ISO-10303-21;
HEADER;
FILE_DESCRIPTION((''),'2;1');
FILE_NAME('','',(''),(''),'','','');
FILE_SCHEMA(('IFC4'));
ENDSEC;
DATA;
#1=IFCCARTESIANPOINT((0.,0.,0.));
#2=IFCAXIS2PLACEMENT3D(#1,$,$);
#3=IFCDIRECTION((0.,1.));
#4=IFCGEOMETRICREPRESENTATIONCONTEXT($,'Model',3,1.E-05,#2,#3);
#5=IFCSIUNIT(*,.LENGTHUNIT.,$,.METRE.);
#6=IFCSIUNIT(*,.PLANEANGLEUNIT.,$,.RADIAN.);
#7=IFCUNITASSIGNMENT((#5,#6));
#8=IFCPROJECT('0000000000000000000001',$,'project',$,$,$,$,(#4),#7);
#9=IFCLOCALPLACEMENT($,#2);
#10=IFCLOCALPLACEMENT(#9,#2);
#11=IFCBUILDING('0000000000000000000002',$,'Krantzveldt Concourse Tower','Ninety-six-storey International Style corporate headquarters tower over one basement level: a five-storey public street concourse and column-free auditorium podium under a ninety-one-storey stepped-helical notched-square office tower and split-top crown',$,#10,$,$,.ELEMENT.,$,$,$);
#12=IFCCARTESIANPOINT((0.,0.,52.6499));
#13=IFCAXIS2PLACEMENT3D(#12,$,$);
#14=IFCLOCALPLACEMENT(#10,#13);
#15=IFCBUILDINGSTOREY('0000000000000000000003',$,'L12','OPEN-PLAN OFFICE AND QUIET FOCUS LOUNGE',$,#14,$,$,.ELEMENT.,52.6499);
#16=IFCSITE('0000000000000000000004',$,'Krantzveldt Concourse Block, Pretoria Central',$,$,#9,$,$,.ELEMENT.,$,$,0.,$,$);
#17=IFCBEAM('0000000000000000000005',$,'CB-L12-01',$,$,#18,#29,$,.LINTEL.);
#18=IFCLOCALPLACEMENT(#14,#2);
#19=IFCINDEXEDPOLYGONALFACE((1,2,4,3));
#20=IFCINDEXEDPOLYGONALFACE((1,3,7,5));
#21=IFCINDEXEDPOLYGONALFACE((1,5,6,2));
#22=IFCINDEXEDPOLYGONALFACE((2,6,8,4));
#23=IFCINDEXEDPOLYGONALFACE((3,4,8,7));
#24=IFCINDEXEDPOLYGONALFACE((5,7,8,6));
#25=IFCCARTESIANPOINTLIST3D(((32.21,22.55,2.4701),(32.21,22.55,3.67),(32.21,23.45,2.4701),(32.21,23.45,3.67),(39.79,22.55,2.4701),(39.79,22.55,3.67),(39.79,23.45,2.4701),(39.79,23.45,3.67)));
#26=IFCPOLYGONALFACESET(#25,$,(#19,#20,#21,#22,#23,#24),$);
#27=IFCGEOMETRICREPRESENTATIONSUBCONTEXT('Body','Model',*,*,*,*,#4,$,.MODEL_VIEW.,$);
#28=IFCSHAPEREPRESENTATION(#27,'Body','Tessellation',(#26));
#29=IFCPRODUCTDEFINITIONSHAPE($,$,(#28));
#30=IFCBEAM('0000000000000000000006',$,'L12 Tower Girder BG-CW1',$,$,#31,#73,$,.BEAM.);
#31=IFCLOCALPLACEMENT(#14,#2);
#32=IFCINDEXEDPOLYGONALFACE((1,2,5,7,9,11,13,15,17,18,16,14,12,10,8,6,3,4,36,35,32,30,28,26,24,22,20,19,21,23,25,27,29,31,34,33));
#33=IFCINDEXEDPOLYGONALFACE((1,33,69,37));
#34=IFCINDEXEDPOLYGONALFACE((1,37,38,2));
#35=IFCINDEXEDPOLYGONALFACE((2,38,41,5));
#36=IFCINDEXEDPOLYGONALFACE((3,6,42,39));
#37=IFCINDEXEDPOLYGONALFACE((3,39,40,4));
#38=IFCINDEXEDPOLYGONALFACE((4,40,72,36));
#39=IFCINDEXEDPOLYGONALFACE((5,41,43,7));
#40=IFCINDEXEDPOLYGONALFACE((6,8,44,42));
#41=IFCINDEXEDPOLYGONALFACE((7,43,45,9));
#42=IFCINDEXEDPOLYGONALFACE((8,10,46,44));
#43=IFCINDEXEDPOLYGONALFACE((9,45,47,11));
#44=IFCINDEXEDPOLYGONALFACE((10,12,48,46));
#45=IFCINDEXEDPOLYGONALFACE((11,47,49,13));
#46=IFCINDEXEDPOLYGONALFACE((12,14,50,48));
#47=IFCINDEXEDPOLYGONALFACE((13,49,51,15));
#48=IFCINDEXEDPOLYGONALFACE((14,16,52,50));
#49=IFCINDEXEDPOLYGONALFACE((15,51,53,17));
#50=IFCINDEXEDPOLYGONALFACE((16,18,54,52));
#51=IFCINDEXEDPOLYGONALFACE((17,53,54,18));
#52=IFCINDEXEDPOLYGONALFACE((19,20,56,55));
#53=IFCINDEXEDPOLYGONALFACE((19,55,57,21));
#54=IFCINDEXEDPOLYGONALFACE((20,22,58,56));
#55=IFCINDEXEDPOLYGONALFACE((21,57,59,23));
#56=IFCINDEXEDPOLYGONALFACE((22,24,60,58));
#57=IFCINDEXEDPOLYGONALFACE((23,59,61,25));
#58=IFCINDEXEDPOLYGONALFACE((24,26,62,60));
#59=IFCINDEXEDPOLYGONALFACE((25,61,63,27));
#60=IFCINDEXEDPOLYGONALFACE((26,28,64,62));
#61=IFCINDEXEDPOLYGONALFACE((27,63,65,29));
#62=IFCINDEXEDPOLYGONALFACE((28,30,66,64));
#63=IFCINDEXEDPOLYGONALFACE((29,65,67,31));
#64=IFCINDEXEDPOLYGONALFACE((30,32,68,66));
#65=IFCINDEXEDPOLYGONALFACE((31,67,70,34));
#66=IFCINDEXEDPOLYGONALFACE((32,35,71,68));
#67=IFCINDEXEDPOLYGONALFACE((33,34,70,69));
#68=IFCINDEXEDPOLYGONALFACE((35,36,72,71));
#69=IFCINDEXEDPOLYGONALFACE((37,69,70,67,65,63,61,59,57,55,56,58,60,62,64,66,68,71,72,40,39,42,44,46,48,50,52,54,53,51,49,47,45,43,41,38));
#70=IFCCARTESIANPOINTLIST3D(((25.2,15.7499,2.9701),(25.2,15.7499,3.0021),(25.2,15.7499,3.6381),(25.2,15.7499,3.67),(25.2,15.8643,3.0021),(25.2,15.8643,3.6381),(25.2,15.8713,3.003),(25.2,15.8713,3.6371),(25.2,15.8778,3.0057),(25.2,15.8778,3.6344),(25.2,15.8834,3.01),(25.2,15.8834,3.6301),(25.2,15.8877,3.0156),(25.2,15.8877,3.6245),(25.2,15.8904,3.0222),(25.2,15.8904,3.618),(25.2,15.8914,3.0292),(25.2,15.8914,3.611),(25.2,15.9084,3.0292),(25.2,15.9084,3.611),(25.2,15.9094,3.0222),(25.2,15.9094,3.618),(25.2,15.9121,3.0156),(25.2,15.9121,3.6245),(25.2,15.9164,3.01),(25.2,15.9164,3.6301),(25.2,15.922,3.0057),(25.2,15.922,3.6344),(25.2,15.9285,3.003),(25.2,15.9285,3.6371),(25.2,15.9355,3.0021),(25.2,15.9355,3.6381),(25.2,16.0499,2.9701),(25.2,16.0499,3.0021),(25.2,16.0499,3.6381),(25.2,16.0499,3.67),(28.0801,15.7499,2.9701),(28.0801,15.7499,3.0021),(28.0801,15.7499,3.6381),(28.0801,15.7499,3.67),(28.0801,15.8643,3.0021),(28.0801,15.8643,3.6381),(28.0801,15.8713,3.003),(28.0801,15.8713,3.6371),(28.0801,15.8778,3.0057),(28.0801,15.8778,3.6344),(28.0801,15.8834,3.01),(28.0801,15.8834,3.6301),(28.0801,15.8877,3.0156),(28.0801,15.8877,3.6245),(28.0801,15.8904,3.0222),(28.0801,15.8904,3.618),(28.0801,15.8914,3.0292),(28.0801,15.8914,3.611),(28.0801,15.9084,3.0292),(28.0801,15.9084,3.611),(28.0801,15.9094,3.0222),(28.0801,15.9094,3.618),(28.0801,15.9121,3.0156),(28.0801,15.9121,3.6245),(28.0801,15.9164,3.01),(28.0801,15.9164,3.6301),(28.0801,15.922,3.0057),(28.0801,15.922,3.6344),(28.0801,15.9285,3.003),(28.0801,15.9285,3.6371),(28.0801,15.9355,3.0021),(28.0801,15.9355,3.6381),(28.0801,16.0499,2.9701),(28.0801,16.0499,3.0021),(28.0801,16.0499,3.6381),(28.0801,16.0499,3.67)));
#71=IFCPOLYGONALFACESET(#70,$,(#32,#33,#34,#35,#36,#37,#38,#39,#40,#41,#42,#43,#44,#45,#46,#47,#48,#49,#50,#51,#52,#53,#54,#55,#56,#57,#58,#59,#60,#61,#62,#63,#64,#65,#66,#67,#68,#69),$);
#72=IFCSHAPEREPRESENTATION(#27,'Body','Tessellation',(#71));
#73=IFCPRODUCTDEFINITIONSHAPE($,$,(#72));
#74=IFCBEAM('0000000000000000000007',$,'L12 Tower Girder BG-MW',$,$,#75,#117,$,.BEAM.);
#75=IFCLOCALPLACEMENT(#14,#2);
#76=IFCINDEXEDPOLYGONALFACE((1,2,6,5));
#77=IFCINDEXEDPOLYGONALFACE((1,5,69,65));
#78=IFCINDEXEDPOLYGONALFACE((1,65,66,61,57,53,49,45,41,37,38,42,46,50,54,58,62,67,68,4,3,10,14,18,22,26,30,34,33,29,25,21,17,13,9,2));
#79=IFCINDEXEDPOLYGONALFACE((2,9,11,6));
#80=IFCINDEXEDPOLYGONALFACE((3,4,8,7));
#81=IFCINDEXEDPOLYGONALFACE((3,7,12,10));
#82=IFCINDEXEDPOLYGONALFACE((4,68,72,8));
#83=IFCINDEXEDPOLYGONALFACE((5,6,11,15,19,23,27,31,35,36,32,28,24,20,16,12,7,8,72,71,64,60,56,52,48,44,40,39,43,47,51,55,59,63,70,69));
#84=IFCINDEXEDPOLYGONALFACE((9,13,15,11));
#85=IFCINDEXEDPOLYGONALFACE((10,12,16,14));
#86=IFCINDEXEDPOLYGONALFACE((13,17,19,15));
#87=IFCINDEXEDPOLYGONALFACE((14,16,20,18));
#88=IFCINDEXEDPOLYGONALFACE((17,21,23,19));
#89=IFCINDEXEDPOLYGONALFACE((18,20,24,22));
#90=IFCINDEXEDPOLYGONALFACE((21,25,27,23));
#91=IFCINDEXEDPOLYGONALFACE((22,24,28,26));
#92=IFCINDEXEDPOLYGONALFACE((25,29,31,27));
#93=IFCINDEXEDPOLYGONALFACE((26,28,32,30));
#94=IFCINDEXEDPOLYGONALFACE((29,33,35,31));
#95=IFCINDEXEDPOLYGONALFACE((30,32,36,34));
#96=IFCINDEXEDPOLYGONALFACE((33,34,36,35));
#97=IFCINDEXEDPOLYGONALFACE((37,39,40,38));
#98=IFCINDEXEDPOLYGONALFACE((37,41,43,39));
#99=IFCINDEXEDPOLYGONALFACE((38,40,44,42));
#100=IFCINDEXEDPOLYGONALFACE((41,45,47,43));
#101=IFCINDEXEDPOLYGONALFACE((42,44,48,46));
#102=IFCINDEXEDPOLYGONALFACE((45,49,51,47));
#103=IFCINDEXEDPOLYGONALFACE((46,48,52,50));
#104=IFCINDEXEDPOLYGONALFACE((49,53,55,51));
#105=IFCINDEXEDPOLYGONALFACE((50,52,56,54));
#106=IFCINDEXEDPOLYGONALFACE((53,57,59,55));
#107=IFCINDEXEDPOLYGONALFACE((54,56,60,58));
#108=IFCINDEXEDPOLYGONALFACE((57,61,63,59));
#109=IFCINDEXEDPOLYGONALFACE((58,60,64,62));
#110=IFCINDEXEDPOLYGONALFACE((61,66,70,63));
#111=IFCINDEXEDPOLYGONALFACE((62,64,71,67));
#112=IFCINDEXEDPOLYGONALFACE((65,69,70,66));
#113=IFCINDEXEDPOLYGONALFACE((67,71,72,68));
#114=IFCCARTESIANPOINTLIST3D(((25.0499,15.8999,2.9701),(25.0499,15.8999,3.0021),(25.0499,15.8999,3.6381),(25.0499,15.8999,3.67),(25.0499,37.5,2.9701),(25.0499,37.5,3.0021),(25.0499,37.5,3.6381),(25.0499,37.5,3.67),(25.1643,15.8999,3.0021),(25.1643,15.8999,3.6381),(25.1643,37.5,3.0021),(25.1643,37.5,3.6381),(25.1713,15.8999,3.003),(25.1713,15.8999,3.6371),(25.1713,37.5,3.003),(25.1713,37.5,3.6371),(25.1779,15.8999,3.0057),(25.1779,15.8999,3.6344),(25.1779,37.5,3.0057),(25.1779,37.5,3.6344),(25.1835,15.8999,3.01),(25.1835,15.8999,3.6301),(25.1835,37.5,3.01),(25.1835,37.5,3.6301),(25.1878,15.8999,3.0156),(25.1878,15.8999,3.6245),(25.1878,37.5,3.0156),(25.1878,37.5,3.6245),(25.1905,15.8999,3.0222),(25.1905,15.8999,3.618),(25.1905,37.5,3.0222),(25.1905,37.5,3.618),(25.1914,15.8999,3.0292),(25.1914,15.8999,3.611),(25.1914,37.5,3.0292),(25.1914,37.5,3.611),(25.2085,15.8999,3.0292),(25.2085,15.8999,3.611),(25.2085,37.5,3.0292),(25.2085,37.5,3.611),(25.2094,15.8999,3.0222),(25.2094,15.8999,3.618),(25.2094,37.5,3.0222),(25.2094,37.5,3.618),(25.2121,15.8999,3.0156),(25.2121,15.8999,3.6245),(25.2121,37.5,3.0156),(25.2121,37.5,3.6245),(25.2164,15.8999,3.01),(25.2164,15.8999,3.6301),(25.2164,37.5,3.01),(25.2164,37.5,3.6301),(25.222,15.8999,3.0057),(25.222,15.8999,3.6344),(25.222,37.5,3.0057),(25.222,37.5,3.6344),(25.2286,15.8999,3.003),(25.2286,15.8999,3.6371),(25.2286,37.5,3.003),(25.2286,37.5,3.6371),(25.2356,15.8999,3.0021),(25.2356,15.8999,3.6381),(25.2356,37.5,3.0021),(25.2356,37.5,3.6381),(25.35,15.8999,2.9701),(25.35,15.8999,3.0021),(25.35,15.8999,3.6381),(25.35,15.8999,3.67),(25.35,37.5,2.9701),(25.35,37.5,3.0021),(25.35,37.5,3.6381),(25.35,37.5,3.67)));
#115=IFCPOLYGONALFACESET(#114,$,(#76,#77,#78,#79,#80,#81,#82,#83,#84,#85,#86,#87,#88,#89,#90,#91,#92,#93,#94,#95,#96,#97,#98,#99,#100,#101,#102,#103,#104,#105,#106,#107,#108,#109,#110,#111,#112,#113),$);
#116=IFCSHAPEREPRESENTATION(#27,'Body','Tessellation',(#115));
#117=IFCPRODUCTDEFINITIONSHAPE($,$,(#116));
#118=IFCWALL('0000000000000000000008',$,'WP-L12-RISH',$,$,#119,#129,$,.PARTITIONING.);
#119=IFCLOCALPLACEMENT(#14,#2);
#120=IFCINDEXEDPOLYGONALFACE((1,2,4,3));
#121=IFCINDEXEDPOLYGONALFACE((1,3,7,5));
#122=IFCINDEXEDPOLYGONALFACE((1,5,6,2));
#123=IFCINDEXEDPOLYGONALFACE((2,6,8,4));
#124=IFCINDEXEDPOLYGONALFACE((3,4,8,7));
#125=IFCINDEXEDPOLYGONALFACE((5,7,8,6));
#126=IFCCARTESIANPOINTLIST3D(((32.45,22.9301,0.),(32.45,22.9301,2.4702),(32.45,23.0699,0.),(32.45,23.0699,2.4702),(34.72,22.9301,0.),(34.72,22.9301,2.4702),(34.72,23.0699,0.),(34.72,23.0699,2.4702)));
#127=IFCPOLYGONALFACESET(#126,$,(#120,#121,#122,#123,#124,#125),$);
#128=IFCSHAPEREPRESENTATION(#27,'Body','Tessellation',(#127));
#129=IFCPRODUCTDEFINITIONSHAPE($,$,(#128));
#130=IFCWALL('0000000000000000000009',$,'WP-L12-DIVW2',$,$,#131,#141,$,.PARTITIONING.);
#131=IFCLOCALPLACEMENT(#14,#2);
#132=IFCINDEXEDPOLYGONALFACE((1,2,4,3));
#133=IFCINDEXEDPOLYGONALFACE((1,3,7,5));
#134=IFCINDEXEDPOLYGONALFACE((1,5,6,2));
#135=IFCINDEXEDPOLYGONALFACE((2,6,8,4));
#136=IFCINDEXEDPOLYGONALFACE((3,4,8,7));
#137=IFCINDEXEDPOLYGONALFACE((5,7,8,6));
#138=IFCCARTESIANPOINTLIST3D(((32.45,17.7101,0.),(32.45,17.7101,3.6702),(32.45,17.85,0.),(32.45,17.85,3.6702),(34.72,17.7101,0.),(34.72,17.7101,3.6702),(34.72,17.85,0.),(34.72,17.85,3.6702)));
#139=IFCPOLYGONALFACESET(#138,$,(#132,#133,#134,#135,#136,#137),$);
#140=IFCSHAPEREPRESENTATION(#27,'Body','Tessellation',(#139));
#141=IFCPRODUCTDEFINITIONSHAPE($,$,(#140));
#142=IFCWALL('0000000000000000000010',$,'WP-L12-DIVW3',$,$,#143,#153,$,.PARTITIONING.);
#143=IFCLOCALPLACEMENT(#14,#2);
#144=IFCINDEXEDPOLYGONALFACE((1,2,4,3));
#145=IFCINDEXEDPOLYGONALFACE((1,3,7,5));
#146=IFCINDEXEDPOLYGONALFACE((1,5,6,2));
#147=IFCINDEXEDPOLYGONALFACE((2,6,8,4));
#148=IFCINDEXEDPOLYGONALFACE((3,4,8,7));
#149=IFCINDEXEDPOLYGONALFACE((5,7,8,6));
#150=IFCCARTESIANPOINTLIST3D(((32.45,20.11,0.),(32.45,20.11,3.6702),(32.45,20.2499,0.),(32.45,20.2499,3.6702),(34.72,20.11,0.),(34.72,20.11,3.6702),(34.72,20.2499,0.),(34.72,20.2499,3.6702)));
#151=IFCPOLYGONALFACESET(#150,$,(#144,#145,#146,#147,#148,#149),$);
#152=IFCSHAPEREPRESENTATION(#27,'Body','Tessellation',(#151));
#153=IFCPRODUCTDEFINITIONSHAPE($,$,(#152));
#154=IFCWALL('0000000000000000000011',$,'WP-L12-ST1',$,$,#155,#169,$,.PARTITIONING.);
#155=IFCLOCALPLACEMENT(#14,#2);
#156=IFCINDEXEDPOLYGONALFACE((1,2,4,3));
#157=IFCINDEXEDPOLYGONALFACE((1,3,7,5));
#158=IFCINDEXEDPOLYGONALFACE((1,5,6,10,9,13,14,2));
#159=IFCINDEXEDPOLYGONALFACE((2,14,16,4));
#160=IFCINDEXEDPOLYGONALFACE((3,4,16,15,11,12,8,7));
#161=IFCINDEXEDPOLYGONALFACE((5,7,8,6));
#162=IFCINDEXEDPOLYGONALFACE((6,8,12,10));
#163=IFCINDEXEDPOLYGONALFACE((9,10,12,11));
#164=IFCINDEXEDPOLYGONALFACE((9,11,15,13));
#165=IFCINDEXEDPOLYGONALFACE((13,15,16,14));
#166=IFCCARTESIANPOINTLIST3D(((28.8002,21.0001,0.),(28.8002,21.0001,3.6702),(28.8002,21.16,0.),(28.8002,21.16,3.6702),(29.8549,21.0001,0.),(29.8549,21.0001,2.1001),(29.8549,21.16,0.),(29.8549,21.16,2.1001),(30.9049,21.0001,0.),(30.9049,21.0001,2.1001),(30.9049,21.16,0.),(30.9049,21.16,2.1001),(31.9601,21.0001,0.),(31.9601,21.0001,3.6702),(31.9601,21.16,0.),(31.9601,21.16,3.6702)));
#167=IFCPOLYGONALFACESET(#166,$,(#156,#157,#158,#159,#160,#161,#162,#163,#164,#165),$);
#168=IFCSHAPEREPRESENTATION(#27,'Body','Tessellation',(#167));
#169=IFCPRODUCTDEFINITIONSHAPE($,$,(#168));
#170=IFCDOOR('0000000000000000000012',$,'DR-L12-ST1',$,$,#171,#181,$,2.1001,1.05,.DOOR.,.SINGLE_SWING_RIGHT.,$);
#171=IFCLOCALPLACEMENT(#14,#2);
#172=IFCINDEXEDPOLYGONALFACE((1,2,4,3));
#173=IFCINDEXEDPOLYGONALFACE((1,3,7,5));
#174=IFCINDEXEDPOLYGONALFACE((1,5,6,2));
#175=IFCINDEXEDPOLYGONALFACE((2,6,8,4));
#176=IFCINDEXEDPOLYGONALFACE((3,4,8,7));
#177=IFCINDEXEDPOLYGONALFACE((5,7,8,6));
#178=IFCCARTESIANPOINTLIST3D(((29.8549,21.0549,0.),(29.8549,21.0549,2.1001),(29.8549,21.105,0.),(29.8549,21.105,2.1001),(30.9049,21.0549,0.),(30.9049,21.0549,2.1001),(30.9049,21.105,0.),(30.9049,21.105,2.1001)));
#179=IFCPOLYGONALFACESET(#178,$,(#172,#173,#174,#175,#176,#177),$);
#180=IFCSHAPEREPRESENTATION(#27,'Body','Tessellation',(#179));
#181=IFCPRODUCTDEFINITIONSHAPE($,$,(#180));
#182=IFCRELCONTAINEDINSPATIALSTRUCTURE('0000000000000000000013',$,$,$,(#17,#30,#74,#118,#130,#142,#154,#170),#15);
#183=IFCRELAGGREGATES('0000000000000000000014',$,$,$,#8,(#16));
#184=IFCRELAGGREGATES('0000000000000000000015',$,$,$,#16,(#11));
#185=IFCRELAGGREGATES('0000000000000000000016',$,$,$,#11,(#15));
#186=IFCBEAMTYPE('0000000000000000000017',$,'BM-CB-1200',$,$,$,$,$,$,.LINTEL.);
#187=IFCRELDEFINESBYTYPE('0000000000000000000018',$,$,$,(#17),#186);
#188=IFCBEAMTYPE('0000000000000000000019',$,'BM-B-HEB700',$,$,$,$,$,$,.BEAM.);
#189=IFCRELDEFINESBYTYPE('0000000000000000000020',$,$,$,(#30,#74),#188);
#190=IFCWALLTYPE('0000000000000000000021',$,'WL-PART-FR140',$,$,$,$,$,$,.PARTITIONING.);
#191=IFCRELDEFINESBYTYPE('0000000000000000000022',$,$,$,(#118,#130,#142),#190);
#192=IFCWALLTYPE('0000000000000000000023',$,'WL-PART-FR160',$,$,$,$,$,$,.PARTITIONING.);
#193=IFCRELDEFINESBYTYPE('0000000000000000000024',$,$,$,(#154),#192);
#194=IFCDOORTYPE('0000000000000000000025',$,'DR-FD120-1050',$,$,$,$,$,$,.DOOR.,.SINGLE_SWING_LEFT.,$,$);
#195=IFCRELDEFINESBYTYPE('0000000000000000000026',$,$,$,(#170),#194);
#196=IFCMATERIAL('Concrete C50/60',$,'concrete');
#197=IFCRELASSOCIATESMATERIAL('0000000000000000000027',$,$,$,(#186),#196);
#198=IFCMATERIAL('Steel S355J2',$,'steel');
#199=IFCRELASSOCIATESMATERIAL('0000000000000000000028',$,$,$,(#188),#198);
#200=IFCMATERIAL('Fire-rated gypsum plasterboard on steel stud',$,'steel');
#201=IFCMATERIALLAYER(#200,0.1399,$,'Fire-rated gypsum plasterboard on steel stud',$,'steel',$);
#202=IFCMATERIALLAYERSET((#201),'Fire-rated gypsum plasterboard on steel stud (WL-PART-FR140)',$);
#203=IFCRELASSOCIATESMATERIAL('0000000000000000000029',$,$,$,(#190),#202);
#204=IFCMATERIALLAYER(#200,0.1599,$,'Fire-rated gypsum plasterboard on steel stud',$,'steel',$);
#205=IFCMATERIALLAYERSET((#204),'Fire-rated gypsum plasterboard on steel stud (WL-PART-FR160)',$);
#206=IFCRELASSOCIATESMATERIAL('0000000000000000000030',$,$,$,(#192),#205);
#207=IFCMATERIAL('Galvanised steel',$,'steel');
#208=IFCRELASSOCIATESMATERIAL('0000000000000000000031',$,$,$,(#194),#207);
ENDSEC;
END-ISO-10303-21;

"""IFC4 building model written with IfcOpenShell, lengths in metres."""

from ifc_helpers import new_model, si_unit, direction, frame, frame_2d, origin, origin_2d, place, context, subcontext, project, spatial, rectangle, i_section, extrude, source, transform, mapped, material, layer, layer_set, material_profile, profile_set, type_object, type_shapes, element, fill, save


model = new_model("IFC4")

# Units and contexts
model_context = context("Model", 3, precision=1e-05, world=origin(), true_north=direction((0.0, 1.0)))
body_context = subcontext(model_context, "Body", "Model", "MODEL_VIEW")
ifc_project = project(units=[si_unit("LENGTHUNIT", "METRE"), si_unit("PLANEANGLEUNIT", "RADIAN")], contexts=[model_context])

# Site, building, storey
site_placement = place(None, origin())
site = spatial("IfcSite", under=ifc_project, at=site_placement, Name="Krantzveldt Concourse Block, Pretoria Central", CompositionType="ELEMENT", RefElevation=0.0)
building_placement = place(site_placement, origin())
building = spatial("IfcBuilding", under=site, at=building_placement, Name="Krantzveldt Concourse Tower", Description="Ninety-six-storey International Style corporate headquarters tower over one basement level: a five-storey public street concourse and column-free auditorium podium under a ninety-one-storey stepped-helical notched-square office tower and split-top crown", CompositionType="ELEMENT")
storey_placement = place(building_placement, frame((0.0, 0.0, 52.6499)))
storey = spatial("IfcBuildingStorey", under=building, at=storey_placement, Name="L12", Description="OPEN-PLAN OFFICE AND QUIET FOCUS LOUNGE", CompositionType="ELEMENT", Elevation=52.6499)

# Beams
ifc_material_1 = material(Name="Concrete C50/60", Category="concrete")
ifc_material_profile_1 = material_profile(ifc_material_1, rectangle(XDim=0.8999, YDim=1.2, at=origin_2d()), Name="Concrete C50/60", Category="concrete")
ifc_profile_set_1 = profile_set([ifc_material_profile_1], Name="Concrete C50/60 - RC-CB 900x1200")
beam_type_1 = type_object("IfcBeamType", Name="BM-CB-1200", PredefinedType="LINTEL", material=ifc_profile_set_1)
shared_shape_1 = source(origin(), body_context, "Body", "SweptSolid", [
    extrude(rectangle(XDim=0.8999, YDim=1.2, at=origin_2d()), origin(), (0.0, 0.0, 1.0), 7.5801),
])
type_shapes(beam_type_1, [shared_shape_1])
beam_1_placement = place(storey_placement, frame((32.21, 23.0, 3.0701), z_axis=(1.0, 0.0, 0.0), x_axis=(0.0, 1.0, 0.0)))
element("IfcBeam", 1, at=beam_1_placement, inside=storey, type_object=beam_type_1, Name="CB-L12-01", PredefinedType="LINTEL", context=body_context, shape_type="MappedRepresentation", body=[
    mapped(shared_shape_1, transform((0.0, 0.0, 0.0), x_axis=(1.0, 0.0, 0.0), y_axis=(0.0, 1.0, 0.0), z_axis=(0.0, 0.0, 1.0), scale=1.0)),
])
ifc_material_2 = material(Name="Steel S355J2", Category="steel")
ifc_material_profile_2 = material_profile(ifc_material_2, i_section(OverallWidth=0.3, OverallDepth=0.7, WebThickness=0.0171, FlangeThickness=0.032, FilletRadius=0.0271, at=origin_2d()), Name="Steel S355J2", Category="steel")
ifc_profile_set_2 = profile_set([ifc_material_profile_2], Name="Steel S355J2 - HEB 700")
beam_type_2 = type_object("IfcBeamType", Name="BM-B-HEB700", PredefinedType="BEAM", material=ifc_profile_set_2)
shared_shape_2 = source(origin(), body_context, "Body", "SweptSolid", [
    extrude(i_section(OverallWidth=0.3, OverallDepth=0.7, WebThickness=0.0171, FlangeThickness=0.032, FilletRadius=0.0271, at=origin_2d()), origin(), (0.0, 0.0, 1.0), 2.8801),
])
beam_2_placement = place(storey_placement, frame((25.2, 15.8999, 3.3201), z_axis=(1.0, 0.0, 0.0), x_axis=(0.0, 1.0, 0.0)))
element("IfcBeam", 2, at=beam_2_placement, inside=storey, type_object=beam_type_2, Name="L12 Tower Girder BG-CW1", PredefinedType="BEAM", context=body_context, shape_type="MappedRepresentation", body=[
    mapped(shared_shape_2, transform((0.0, 0.0, 0.0), x_axis=(1.0, 0.0, 0.0), y_axis=(0.0, 1.0, 0.0), z_axis=(0.0, 0.0, 1.0), scale=1.0)),
])
shared_shape_3 = source(origin(), body_context, "Body", "SweptSolid", [
    extrude(i_section(OverallWidth=0.3, OverallDepth=0.7, WebThickness=0.0171, FlangeThickness=0.032, FilletRadius=0.0271, at=origin_2d()), origin(), (0.0, 0.0, 1.0), 21.6001),
])
type_shapes(beam_type_2, [shared_shape_2, shared_shape_3])
beam_3_placement = place(storey_placement, frame((25.2, 15.8999, 3.3201), z_axis=(0.0, 1.0, 0.0), x_axis=(-1.0, 0.0, 0.0)))
element("IfcBeam", 3, at=beam_3_placement, inside=storey, type_object=beam_type_2, Name="L12 Tower Girder BG-MW", PredefinedType="BEAM", context=body_context, shape_type="MappedRepresentation", body=[
    mapped(shared_shape_3, transform((0.0, 0.0, 0.0), x_axis=(1.0, 0.0, 0.0), y_axis=(0.0, 1.0, 0.0), z_axis=(0.0, 0.0, 1.0), scale=1.0)),
])

# Walls
ifc_material_3 = material(Name="Fire-rated gypsum plasterboard on steel stud", Category="steel")
ifc_layer_1 = layer(ifc_material_3, 0.1399, Name="Fire-rated gypsum plasterboard on steel stud", Category="steel")
ifc_layer_set_1 = layer_set([ifc_layer_1], Name="Fire-rated gypsum plasterboard on steel stud (WL-PART-FR140)")
wall_type_1 = type_object("IfcWallType", Name="WL-PART-FR140", PredefinedType="PARTITIONING", material=ifc_layer_set_1)
wall_1_placement = place(storey_placement, frame((32.45, 23.0, 0.0), z_axis=(0.0, 0.0, 1.0), x_axis=(1.0, 0.0, 0.0)))
element("IfcWall", 4, at=wall_1_placement, inside=storey, type_object=wall_type_1, Name="WP-L12-RISH", PredefinedType="PARTITIONING", context=body_context, shape_type="SweptSolid", body=[
    extrude(rectangle(XDim=2.27, YDim=0.1399, at=frame_2d((1.135, 0.0))), origin(), (0.0, 0.0, 1.0), 2.4702),
])
for number, where, z_axis, x_axis, name in (
    (5, (32.45, 17.78, 0.0), (0.0, 0.0, 1.0), (1.0, 0.0, 0.0), "WP-L12-DIVW2"),
    (6, (32.45, 20.1799, 0.0), (0.0, 0.0, 1.0), (1.0, 0.0, 0.0), "WP-L12-DIVW3"),
):
    element("IfcWall", number, at=place(storey_placement, frame(where, z_axis=z_axis, x_axis=x_axis)), inside=storey, type_object=wall_type_1, Name=name, PredefinedType="PARTITIONING", context=body_context, shape_type="SweptSolid", body=[
        extrude(rectangle(XDim=2.27, YDim=0.1399, at=frame_2d((1.135, 0.0))), origin(), (0.0, 0.0, 1.0), 3.6702),
    ])

# Wall, opening, door
ifc_layer_2 = layer(ifc_material_3, 0.1599, Name="Fire-rated gypsum plasterboard on steel stud", Category="steel")
ifc_layer_set_2 = layer_set([ifc_layer_2], Name="Fire-rated gypsum plasterboard on steel stud (WL-PART-FR160)")
wall_type_2 = type_object("IfcWallType", Name="WL-PART-FR160", PredefinedType="PARTITIONING", material=ifc_layer_set_2)
wall_2_placement = place(storey_placement, frame((28.8, 21.0801, 0.0), z_axis=(0.0, 0.0, 1.0), x_axis=(1.0, 0.0, 0.0)))
wall_2 = element("IfcWall", 7, at=wall_2_placement, inside=storey, type_object=wall_type_2, Name="WP-L12-ST1", PredefinedType="PARTITIONING", context=body_context, shape_type="SweptSolid", body=[
    extrude(rectangle(XDim=3.1599, YDim=0.1599, at=frame_2d((1.5801, 0.0))), origin(), (0.0, 0.0, 1.0), 3.6702),
])
opening_1_placement = place(wall_2_placement, frame((1.0549, 0.0, 0.0)))
opening_1 = element("IfcOpeningElement", 8, at=opening_1_placement, cuts=wall_2, PredefinedType="OPENING", context=body_context, shape_type="SweptSolid", body=[
    extrude(rectangle(XDim=1.05, YDim=2.1001, at=frame_2d((0.5249, 1.05))), frame((0.0, 0.0898, 0.0), z_axis=(0.0, -1.0, 0.0), x_axis=(1.0, 0.0, 0.0)), (0.0, 0.0, 1.0), 0.1799),
])
ifc_material_4 = material(Name="Galvanised steel", Category="steel")
door_type_1 = type_object("IfcDoorType", Name="DR-FD120-1050", OperationType="SINGLE_SWING_LEFT", PredefinedType="DOOR", material=ifc_material_4)
door_1_placement = place(opening_1_placement, origin())
door_1 = element("IfcDoor", 9, at=door_1_placement, inside=storey, type_object=door_type_1, Name="DR-L12-ST1", OperationType="SINGLE_SWING_RIGHT", OverallHeight=2.1001, OverallWidth=1.05, PredefinedType="DOOR", context=body_context, shape_type="SweptSolid", body=[
    extrude(rectangle(XDim=1.05, YDim=2.1001, at=frame_2d((0.5249, 1.05))), frame((0.0, 0.0249, 0.0), z_axis=(0.0, -1.0, 0.0), x_axis=(1.0, 0.0, 0.0)), (0.0, 0.0, 1.0), 0.05),
])
fill(opening_1, door_1)

save(model, "model.ifc")
